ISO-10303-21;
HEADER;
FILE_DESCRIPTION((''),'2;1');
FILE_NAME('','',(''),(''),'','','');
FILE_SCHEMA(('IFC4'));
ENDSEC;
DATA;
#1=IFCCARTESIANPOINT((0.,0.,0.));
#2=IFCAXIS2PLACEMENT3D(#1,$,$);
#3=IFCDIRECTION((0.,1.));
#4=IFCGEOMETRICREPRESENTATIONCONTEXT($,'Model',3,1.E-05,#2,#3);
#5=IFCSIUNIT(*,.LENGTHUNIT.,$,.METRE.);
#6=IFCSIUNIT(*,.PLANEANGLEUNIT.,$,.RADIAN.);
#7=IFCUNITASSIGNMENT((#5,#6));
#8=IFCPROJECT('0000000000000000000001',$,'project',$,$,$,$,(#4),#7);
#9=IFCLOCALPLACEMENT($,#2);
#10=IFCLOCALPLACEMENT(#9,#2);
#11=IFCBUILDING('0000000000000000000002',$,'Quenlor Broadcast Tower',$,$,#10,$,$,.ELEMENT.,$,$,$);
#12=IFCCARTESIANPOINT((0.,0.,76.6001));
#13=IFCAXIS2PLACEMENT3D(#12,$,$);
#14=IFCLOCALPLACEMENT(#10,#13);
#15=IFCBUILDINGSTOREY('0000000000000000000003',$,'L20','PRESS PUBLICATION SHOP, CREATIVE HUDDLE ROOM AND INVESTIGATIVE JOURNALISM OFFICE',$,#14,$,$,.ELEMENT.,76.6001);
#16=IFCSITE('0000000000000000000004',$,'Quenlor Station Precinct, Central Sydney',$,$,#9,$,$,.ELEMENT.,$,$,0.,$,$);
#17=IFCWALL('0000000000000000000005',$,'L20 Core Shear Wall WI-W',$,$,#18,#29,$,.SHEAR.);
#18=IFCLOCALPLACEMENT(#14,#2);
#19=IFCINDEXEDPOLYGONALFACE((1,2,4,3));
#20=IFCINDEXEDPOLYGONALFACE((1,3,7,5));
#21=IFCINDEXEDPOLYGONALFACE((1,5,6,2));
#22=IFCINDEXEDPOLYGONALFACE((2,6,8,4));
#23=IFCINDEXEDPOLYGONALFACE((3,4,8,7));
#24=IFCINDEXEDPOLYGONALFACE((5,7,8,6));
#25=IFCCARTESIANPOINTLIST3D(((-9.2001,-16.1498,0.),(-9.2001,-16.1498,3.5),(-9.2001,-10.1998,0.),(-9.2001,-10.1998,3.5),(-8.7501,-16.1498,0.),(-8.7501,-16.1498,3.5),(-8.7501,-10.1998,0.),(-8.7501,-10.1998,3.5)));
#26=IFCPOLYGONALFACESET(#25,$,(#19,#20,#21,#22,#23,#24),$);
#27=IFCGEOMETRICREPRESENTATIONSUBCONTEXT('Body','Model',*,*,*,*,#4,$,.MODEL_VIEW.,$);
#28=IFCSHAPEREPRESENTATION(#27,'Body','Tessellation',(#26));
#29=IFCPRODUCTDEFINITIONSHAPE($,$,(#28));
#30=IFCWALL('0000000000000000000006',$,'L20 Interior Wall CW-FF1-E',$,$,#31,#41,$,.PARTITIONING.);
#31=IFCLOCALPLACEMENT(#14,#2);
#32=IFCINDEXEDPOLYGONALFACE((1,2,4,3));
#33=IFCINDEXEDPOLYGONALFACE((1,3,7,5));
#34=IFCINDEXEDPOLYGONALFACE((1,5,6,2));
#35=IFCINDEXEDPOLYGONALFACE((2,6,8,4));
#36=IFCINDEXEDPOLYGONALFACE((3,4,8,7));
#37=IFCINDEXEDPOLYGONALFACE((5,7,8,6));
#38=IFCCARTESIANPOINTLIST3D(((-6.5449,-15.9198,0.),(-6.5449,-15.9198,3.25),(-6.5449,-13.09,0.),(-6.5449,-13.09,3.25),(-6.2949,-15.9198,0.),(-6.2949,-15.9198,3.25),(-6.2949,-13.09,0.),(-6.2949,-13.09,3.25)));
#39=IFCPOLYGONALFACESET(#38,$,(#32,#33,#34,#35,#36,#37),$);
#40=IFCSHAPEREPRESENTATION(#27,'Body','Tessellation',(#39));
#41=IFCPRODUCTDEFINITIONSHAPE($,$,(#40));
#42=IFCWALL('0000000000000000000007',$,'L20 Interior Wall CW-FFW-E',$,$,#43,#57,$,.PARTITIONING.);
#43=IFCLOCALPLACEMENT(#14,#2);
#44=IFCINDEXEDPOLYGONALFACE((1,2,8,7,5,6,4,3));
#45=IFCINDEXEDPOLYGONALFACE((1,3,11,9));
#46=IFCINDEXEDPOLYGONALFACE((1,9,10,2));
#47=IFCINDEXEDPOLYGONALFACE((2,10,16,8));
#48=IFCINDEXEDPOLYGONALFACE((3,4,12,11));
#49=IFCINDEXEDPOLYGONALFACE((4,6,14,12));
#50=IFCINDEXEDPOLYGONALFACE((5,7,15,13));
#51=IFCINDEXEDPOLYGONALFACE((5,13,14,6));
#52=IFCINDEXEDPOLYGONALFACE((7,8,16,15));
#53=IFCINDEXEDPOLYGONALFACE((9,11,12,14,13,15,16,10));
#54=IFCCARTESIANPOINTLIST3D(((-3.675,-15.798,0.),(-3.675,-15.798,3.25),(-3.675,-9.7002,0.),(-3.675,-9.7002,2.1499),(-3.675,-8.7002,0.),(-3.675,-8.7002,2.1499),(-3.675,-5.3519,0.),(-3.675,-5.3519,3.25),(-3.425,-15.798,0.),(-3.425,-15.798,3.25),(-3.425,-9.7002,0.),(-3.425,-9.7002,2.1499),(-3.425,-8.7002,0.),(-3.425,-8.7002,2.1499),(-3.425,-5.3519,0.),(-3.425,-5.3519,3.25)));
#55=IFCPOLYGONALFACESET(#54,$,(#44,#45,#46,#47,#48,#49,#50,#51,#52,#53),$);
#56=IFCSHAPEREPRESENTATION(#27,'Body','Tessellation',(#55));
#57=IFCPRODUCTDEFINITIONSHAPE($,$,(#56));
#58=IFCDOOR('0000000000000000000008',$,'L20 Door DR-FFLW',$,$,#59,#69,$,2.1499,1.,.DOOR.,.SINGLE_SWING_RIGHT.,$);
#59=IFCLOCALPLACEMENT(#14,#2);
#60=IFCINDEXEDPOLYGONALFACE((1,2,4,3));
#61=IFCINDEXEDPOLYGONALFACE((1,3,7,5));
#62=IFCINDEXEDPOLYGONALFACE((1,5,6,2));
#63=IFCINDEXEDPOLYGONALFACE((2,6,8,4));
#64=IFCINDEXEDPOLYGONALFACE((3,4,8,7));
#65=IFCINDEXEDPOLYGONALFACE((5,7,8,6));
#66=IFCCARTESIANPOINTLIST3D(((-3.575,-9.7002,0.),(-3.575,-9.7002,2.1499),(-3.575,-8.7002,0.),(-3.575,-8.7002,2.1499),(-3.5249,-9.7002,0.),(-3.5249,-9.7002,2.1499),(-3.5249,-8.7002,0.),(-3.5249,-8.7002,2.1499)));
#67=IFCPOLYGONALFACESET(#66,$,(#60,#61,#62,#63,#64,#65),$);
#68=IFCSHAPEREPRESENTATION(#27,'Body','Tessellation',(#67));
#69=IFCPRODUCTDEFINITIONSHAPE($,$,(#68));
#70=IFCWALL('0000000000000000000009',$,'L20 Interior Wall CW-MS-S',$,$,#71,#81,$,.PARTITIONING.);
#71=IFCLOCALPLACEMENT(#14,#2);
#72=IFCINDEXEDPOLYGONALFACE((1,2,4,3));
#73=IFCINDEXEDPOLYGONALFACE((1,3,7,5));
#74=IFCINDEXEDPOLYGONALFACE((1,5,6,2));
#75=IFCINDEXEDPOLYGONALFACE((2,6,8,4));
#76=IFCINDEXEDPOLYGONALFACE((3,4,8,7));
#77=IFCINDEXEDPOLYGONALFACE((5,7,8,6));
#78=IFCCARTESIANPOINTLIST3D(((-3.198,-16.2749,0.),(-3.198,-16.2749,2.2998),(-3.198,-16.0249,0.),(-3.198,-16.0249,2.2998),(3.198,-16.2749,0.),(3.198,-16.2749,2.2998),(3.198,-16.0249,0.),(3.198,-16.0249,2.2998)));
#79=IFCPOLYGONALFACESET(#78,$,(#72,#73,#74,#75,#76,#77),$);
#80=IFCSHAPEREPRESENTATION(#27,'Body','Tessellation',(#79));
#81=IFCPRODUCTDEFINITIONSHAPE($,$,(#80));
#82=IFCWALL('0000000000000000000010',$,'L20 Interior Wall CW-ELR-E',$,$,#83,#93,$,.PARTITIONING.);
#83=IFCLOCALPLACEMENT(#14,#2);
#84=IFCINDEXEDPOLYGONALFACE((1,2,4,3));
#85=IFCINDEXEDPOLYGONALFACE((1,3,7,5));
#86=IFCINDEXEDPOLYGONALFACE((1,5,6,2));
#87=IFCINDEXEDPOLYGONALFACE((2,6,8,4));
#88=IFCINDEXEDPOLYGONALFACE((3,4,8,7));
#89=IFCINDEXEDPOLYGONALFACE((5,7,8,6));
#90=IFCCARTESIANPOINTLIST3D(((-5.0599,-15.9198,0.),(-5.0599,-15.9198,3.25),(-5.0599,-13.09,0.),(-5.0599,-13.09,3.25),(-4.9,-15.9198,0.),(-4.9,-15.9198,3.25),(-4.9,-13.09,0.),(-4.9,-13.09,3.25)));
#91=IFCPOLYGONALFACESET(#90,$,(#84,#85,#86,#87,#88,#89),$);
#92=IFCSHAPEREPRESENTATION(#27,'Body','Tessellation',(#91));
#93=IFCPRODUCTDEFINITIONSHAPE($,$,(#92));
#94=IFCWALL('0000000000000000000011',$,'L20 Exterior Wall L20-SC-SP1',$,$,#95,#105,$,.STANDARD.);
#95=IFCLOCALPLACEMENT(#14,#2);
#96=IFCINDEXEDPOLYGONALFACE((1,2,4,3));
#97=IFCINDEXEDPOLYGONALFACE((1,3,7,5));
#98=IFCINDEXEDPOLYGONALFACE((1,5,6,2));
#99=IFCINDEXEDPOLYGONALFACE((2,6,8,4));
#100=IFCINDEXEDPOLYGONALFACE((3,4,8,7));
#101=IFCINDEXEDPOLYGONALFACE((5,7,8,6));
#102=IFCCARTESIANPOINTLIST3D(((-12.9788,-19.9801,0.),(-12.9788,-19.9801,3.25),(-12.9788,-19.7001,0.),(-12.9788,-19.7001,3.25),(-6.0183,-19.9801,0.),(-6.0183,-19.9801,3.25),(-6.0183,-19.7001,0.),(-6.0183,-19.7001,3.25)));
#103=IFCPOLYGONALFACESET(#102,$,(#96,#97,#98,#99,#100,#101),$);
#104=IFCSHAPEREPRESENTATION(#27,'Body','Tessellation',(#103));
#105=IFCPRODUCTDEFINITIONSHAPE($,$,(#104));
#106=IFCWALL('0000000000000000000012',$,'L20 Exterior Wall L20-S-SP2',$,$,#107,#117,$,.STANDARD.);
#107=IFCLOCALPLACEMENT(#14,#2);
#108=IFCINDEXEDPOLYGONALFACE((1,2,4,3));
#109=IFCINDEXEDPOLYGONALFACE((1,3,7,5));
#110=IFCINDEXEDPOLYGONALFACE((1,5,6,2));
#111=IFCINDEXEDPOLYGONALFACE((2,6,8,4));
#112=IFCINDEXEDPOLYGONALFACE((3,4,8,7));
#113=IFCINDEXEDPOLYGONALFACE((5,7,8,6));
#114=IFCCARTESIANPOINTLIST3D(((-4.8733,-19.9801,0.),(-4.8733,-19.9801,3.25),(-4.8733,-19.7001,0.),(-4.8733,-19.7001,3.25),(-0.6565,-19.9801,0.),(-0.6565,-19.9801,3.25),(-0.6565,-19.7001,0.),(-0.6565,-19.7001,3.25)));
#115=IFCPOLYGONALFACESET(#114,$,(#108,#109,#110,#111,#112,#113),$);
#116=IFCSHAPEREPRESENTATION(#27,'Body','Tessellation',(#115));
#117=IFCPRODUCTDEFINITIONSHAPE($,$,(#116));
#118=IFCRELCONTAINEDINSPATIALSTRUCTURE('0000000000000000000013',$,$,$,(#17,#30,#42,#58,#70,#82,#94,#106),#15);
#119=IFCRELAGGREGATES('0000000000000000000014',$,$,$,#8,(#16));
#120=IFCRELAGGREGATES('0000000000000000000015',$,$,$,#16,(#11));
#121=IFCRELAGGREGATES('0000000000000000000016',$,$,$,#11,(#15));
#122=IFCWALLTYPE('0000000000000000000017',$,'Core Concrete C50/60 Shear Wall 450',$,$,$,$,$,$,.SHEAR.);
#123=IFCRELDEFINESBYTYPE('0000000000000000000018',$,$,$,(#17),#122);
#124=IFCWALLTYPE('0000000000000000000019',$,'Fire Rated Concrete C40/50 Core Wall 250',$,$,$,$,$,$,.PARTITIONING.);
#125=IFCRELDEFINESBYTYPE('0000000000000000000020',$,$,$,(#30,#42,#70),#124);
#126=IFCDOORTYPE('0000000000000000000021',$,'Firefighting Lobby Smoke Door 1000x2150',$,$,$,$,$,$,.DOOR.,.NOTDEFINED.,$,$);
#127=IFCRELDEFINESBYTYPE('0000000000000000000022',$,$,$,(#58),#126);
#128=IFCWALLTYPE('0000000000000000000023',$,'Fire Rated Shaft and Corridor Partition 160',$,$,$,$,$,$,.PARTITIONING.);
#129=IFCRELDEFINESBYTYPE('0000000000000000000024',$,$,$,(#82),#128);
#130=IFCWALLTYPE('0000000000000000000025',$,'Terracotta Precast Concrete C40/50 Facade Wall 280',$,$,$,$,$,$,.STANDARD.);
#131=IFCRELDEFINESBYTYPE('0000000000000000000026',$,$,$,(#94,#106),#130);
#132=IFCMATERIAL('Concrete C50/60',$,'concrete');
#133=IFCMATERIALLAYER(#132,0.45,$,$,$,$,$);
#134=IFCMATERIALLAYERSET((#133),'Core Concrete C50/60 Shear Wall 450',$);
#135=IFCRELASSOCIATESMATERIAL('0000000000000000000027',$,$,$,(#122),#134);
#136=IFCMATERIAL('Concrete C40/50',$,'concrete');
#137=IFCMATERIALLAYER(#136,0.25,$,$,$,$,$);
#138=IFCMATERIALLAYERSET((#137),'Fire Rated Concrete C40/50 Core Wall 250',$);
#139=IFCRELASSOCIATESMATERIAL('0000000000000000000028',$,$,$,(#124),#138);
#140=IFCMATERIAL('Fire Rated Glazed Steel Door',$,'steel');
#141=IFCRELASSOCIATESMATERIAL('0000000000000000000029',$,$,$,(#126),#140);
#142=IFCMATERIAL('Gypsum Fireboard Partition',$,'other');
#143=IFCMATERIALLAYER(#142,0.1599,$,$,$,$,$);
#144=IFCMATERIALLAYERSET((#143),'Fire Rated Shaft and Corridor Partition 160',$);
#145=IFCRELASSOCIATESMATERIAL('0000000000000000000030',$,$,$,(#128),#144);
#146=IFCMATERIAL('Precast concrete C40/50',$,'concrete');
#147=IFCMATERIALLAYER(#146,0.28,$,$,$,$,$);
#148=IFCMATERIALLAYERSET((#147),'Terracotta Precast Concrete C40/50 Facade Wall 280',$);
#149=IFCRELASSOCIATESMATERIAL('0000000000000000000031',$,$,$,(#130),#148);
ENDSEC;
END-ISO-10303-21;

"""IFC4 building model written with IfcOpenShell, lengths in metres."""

from ifc_helpers import new_model, si_unit, direction, frame, frame_2d, origin, place, context, subcontext, project, spatial, rectangle, extrude, material, layer, layer_set, type_object, element, fill, save


model = new_model("IFC4")

# Units and contexts
model_context = context("Model", 3, precision=1e-05, world=origin(), true_north=direction((0.0, 1.0)))
body_context = subcontext(model_context, "Body", "Model", "MODEL_VIEW")
ifc_project = project(units=[si_unit("LENGTHUNIT", "METRE"), si_unit("PLANEANGLEUNIT", "RADIAN")], contexts=[model_context])

# Site, building, storey
site_placement = place(None, origin())
site = spatial("IfcSite", under=ifc_project, at=site_placement, Name="Quenlor Station Precinct, Central Sydney", CompositionType="ELEMENT", RefElevation=0.0)
building_placement = place(site_placement, origin())
building = spatial("IfcBuilding", under=site, at=building_placement, Name="Quenlor Broadcast Tower", CompositionType="ELEMENT")
storey_placement = place(building_placement, frame((0.0, 0.0, 76.6001)))
storey = spatial("IfcBuildingStorey", under=building, at=storey_placement, Name="L20", Description="PRESS PUBLICATION SHOP, CREATIVE HUDDLE ROOM AND INVESTIGATIVE JOURNALISM OFFICE", CompositionType="ELEMENT", Elevation=76.6001)

# Wall
ifc_material_1 = material(Name="Concrete C50/60", Category="concrete")
ifc_layer_1 = layer(ifc_material_1, 0.45)
ifc_layer_set_1 = layer_set([ifc_layer_1], Name="Core Concrete C50/60 Shear Wall 450")
wall_type_1 = type_object("IfcWallType", Name="Core Concrete C50/60 Shear Wall 450", PredefinedType="SHEAR", material=ifc_layer_set_1)
wall_1_placement = place(storey_placement, frame((-8.9751, -16.1499, 0.0), z_axis=(0.0, 0.0, 1.0), x_axis=(0.0, 1.0, 0.0)))
element("IfcWall", 1, at=wall_1_placement, inside=storey, type_object=wall_type_1, Name="L20 Core Shear Wall WI-W", PredefinedType="SHEAR", context=body_context, shape_type="SweptSolid", body=[
    extrude(rectangle(XDim=5.95, YDim=0.45, at=frame_2d((2.9751, 0.0))), origin(), (0.0, 0.0, 1.0), 3.5),
])

# Shared definitions
ifc_material_2 = material(Name="Concrete C40/50", Category="concrete")
ifc_layer_2 = layer(ifc_material_2, 0.25)
ifc_layer_set_2 = layer_set([ifc_layer_2], Name="Fire Rated Concrete C40/50 Core Wall 250")
wall_type_2 = type_object("IfcWallType", Name="Fire Rated Concrete C40/50 Core Wall 250", PredefinedType="PARTITIONING", material=ifc_layer_set_2)

# Wall
wall_2_placement = place(storey_placement, frame((-6.4199, -15.9199, 0.0), z_axis=(0.0, 0.0, 1.0), x_axis=(0.0, 1.0, 0.0)))
element("IfcWall", 2, at=wall_2_placement, inside=storey, type_object=wall_type_2, Name="L20 Interior Wall CW-FF1-E", PredefinedType="PARTITIONING", context=body_context, shape_type="SweptSolid", body=[
    extrude(rectangle(XDim=2.8298, YDim=0.25, at=frame_2d((1.415, 0.0))), origin(), (0.0, 0.0, 1.0), 3.25),
])

# Wall, opening, door
wall_3_placement = place(storey_placement, frame((-3.55, -15.7981, 0.0), z_axis=(0.0, 0.0, 1.0), x_axis=(0.0, 1.0, 0.0)))
wall_3 = element("IfcWall", 3, at=wall_3_placement, inside=storey, type_object=wall_type_2, Name="L20 Interior Wall CW-FFW-E", PredefinedType="PARTITIONING", context=body_context, shape_type="SweptSolid", body=[
    extrude(rectangle(XDim=10.446, YDim=0.25, at=frame_2d((5.2231, 0.0))), origin(), (0.0, 0.0, 1.0), 3.25),
])
opening_1_placement = place(wall_3_placement, frame((6.0979, 0.0, 0.0)))
opening_1 = element("IfcOpeningElement", 4, at=opening_1_placement, cuts=wall_3, PredefinedType="OPENING", context=body_context, shape_type="SweptSolid", body=[
    extrude(rectangle(XDim=1.0, YDim=2.1499, at=frame_2d((0.5, 1.075))), frame((0.0, 0.135, 0.0), z_axis=(0.0, -1.0, 0.0), x_axis=(1.0, 0.0, 0.0)), (0.0, 0.0, 1.0), 0.27),
])
ifc_material_3 = material(Name="Fire Rated Glazed Steel Door", Category="steel")
door_type_1 = type_object("IfcDoorType", Name="Firefighting Lobby Smoke Door 1000x2150", OperationType="NOTDEFINED", PredefinedType="DOOR", material=ifc_material_3)
door_1_placement = place(opening_1_placement, origin())
door_1 = element("IfcDoor", 5, at=door_1_placement, inside=storey, type_object=door_type_1, Name="L20 Door DR-FFLW", OperationType="SINGLE_SWING_RIGHT", OverallHeight=2.1499, OverallWidth=1.0, PredefinedType="DOOR", context=body_context, shape_type="SweptSolid", body=[
    extrude(rectangle(XDim=1.0, YDim=2.1499, at=frame_2d((0.5, 1.075))), frame((0.0, 0.0249, 0.0), z_axis=(0.0, -1.0, 0.0), x_axis=(1.0, 0.0, 0.0)), (0.0, 0.0, 1.0), 0.05),
])
fill(opening_1, door_1)

# Walls
wall_4_placement = place(storey_placement, frame((-3.198, -16.1499, 0.0), z_axis=(0.0, 0.0, 1.0), x_axis=(1.0, 0.0, 0.0)))
element("IfcWall", 6, at=wall_4_placement, inside=storey, type_object=wall_type_2, Name="L20 Interior Wall CW-MS-S", PredefinedType="PARTITIONING", context=body_context, shape_type="SweptSolid", body=[
    extrude(rectangle(XDim=6.396, YDim=0.25, at=frame_2d((3.198, 0.0))), origin(), (0.0, 0.0, 1.0), 2.2998),
])
ifc_material_4 = material(Name="Gypsum Fireboard Partition", Category="other")
ifc_layer_3 = layer(ifc_material_4, 0.1599)
ifc_layer_set_3 = layer_set([ifc_layer_3], Name="Fire Rated Shaft and Corridor Partition 160")
wall_type_3 = type_object("IfcWallType", Name="Fire Rated Shaft and Corridor Partition 160", PredefinedType="PARTITIONING", material=ifc_layer_set_3)
wall_5_placement = place(storey_placement, frame((-4.98, -15.9199, 0.0), z_axis=(0.0, 0.0, 1.0), x_axis=(0.0, 1.0, 0.0)))
element("IfcWall", 7, at=wall_5_placement, inside=storey, type_object=wall_type_3, Name="L20 Interior Wall CW-ELR-E", PredefinedType="PARTITIONING", context=body_context, shape_type="SweptSolid", body=[
    extrude(rectangle(XDim=2.8298, YDim=0.1599, at=frame_2d((1.415, 0.0))), origin(), (0.0, 0.0, 1.0), 3.25),
])
ifc_material_5 = material(Name="Precast concrete C40/50", Category="concrete")
ifc_layer_4 = layer(ifc_material_5, 0.28)
ifc_layer_set_4 = layer_set([ifc_layer_4], Name="Terracotta Precast Concrete C40/50 Facade Wall 280")
wall_type_4 = type_object("IfcWallType", Name="Terracotta Precast Concrete C40/50 Facade Wall 280", PredefinedType="STANDARD", material=ifc_layer_set_4)
wall_6_placement = place(storey_placement, frame((-6.0183, -19.8401, 0.0), z_axis=(0.0, 0.0, 1.0), x_axis=(-1.0, 0.0, 0.0)))
element("IfcWall", 8, at=wall_6_placement, inside=storey, type_object=wall_type_4, Name="L20 Exterior Wall L20-SC-SP1", PredefinedType="STANDARD", context=body_context, shape_type="SweptSolid", body=[
    extrude(rectangle(XDim=6.9604, YDim=0.28, at=frame_2d((3.4802, 0.0))), origin(), (0.0, 0.0, 1.0), 3.25),
])
wall_7_placement = place(storey_placement, frame((-0.6565, -19.8401, 0.0), z_axis=(0.0, 0.0, 1.0), x_axis=(-1.0, 0.0, 0.0)))
element("IfcWall", 9, at=wall_7_placement, inside=storey, type_object=wall_type_4, Name="L20 Exterior Wall L20-S-SP2", PredefinedType="STANDARD", context=body_context, shape_type="SweptSolid", body=[
    extrude(rectangle(XDim=4.2168, YDim=0.28, at=frame_2d((2.1084, 0.0))), origin(), (0.0, 0.0, 1.0), 3.25),
])

save(model, "model.ifc")
